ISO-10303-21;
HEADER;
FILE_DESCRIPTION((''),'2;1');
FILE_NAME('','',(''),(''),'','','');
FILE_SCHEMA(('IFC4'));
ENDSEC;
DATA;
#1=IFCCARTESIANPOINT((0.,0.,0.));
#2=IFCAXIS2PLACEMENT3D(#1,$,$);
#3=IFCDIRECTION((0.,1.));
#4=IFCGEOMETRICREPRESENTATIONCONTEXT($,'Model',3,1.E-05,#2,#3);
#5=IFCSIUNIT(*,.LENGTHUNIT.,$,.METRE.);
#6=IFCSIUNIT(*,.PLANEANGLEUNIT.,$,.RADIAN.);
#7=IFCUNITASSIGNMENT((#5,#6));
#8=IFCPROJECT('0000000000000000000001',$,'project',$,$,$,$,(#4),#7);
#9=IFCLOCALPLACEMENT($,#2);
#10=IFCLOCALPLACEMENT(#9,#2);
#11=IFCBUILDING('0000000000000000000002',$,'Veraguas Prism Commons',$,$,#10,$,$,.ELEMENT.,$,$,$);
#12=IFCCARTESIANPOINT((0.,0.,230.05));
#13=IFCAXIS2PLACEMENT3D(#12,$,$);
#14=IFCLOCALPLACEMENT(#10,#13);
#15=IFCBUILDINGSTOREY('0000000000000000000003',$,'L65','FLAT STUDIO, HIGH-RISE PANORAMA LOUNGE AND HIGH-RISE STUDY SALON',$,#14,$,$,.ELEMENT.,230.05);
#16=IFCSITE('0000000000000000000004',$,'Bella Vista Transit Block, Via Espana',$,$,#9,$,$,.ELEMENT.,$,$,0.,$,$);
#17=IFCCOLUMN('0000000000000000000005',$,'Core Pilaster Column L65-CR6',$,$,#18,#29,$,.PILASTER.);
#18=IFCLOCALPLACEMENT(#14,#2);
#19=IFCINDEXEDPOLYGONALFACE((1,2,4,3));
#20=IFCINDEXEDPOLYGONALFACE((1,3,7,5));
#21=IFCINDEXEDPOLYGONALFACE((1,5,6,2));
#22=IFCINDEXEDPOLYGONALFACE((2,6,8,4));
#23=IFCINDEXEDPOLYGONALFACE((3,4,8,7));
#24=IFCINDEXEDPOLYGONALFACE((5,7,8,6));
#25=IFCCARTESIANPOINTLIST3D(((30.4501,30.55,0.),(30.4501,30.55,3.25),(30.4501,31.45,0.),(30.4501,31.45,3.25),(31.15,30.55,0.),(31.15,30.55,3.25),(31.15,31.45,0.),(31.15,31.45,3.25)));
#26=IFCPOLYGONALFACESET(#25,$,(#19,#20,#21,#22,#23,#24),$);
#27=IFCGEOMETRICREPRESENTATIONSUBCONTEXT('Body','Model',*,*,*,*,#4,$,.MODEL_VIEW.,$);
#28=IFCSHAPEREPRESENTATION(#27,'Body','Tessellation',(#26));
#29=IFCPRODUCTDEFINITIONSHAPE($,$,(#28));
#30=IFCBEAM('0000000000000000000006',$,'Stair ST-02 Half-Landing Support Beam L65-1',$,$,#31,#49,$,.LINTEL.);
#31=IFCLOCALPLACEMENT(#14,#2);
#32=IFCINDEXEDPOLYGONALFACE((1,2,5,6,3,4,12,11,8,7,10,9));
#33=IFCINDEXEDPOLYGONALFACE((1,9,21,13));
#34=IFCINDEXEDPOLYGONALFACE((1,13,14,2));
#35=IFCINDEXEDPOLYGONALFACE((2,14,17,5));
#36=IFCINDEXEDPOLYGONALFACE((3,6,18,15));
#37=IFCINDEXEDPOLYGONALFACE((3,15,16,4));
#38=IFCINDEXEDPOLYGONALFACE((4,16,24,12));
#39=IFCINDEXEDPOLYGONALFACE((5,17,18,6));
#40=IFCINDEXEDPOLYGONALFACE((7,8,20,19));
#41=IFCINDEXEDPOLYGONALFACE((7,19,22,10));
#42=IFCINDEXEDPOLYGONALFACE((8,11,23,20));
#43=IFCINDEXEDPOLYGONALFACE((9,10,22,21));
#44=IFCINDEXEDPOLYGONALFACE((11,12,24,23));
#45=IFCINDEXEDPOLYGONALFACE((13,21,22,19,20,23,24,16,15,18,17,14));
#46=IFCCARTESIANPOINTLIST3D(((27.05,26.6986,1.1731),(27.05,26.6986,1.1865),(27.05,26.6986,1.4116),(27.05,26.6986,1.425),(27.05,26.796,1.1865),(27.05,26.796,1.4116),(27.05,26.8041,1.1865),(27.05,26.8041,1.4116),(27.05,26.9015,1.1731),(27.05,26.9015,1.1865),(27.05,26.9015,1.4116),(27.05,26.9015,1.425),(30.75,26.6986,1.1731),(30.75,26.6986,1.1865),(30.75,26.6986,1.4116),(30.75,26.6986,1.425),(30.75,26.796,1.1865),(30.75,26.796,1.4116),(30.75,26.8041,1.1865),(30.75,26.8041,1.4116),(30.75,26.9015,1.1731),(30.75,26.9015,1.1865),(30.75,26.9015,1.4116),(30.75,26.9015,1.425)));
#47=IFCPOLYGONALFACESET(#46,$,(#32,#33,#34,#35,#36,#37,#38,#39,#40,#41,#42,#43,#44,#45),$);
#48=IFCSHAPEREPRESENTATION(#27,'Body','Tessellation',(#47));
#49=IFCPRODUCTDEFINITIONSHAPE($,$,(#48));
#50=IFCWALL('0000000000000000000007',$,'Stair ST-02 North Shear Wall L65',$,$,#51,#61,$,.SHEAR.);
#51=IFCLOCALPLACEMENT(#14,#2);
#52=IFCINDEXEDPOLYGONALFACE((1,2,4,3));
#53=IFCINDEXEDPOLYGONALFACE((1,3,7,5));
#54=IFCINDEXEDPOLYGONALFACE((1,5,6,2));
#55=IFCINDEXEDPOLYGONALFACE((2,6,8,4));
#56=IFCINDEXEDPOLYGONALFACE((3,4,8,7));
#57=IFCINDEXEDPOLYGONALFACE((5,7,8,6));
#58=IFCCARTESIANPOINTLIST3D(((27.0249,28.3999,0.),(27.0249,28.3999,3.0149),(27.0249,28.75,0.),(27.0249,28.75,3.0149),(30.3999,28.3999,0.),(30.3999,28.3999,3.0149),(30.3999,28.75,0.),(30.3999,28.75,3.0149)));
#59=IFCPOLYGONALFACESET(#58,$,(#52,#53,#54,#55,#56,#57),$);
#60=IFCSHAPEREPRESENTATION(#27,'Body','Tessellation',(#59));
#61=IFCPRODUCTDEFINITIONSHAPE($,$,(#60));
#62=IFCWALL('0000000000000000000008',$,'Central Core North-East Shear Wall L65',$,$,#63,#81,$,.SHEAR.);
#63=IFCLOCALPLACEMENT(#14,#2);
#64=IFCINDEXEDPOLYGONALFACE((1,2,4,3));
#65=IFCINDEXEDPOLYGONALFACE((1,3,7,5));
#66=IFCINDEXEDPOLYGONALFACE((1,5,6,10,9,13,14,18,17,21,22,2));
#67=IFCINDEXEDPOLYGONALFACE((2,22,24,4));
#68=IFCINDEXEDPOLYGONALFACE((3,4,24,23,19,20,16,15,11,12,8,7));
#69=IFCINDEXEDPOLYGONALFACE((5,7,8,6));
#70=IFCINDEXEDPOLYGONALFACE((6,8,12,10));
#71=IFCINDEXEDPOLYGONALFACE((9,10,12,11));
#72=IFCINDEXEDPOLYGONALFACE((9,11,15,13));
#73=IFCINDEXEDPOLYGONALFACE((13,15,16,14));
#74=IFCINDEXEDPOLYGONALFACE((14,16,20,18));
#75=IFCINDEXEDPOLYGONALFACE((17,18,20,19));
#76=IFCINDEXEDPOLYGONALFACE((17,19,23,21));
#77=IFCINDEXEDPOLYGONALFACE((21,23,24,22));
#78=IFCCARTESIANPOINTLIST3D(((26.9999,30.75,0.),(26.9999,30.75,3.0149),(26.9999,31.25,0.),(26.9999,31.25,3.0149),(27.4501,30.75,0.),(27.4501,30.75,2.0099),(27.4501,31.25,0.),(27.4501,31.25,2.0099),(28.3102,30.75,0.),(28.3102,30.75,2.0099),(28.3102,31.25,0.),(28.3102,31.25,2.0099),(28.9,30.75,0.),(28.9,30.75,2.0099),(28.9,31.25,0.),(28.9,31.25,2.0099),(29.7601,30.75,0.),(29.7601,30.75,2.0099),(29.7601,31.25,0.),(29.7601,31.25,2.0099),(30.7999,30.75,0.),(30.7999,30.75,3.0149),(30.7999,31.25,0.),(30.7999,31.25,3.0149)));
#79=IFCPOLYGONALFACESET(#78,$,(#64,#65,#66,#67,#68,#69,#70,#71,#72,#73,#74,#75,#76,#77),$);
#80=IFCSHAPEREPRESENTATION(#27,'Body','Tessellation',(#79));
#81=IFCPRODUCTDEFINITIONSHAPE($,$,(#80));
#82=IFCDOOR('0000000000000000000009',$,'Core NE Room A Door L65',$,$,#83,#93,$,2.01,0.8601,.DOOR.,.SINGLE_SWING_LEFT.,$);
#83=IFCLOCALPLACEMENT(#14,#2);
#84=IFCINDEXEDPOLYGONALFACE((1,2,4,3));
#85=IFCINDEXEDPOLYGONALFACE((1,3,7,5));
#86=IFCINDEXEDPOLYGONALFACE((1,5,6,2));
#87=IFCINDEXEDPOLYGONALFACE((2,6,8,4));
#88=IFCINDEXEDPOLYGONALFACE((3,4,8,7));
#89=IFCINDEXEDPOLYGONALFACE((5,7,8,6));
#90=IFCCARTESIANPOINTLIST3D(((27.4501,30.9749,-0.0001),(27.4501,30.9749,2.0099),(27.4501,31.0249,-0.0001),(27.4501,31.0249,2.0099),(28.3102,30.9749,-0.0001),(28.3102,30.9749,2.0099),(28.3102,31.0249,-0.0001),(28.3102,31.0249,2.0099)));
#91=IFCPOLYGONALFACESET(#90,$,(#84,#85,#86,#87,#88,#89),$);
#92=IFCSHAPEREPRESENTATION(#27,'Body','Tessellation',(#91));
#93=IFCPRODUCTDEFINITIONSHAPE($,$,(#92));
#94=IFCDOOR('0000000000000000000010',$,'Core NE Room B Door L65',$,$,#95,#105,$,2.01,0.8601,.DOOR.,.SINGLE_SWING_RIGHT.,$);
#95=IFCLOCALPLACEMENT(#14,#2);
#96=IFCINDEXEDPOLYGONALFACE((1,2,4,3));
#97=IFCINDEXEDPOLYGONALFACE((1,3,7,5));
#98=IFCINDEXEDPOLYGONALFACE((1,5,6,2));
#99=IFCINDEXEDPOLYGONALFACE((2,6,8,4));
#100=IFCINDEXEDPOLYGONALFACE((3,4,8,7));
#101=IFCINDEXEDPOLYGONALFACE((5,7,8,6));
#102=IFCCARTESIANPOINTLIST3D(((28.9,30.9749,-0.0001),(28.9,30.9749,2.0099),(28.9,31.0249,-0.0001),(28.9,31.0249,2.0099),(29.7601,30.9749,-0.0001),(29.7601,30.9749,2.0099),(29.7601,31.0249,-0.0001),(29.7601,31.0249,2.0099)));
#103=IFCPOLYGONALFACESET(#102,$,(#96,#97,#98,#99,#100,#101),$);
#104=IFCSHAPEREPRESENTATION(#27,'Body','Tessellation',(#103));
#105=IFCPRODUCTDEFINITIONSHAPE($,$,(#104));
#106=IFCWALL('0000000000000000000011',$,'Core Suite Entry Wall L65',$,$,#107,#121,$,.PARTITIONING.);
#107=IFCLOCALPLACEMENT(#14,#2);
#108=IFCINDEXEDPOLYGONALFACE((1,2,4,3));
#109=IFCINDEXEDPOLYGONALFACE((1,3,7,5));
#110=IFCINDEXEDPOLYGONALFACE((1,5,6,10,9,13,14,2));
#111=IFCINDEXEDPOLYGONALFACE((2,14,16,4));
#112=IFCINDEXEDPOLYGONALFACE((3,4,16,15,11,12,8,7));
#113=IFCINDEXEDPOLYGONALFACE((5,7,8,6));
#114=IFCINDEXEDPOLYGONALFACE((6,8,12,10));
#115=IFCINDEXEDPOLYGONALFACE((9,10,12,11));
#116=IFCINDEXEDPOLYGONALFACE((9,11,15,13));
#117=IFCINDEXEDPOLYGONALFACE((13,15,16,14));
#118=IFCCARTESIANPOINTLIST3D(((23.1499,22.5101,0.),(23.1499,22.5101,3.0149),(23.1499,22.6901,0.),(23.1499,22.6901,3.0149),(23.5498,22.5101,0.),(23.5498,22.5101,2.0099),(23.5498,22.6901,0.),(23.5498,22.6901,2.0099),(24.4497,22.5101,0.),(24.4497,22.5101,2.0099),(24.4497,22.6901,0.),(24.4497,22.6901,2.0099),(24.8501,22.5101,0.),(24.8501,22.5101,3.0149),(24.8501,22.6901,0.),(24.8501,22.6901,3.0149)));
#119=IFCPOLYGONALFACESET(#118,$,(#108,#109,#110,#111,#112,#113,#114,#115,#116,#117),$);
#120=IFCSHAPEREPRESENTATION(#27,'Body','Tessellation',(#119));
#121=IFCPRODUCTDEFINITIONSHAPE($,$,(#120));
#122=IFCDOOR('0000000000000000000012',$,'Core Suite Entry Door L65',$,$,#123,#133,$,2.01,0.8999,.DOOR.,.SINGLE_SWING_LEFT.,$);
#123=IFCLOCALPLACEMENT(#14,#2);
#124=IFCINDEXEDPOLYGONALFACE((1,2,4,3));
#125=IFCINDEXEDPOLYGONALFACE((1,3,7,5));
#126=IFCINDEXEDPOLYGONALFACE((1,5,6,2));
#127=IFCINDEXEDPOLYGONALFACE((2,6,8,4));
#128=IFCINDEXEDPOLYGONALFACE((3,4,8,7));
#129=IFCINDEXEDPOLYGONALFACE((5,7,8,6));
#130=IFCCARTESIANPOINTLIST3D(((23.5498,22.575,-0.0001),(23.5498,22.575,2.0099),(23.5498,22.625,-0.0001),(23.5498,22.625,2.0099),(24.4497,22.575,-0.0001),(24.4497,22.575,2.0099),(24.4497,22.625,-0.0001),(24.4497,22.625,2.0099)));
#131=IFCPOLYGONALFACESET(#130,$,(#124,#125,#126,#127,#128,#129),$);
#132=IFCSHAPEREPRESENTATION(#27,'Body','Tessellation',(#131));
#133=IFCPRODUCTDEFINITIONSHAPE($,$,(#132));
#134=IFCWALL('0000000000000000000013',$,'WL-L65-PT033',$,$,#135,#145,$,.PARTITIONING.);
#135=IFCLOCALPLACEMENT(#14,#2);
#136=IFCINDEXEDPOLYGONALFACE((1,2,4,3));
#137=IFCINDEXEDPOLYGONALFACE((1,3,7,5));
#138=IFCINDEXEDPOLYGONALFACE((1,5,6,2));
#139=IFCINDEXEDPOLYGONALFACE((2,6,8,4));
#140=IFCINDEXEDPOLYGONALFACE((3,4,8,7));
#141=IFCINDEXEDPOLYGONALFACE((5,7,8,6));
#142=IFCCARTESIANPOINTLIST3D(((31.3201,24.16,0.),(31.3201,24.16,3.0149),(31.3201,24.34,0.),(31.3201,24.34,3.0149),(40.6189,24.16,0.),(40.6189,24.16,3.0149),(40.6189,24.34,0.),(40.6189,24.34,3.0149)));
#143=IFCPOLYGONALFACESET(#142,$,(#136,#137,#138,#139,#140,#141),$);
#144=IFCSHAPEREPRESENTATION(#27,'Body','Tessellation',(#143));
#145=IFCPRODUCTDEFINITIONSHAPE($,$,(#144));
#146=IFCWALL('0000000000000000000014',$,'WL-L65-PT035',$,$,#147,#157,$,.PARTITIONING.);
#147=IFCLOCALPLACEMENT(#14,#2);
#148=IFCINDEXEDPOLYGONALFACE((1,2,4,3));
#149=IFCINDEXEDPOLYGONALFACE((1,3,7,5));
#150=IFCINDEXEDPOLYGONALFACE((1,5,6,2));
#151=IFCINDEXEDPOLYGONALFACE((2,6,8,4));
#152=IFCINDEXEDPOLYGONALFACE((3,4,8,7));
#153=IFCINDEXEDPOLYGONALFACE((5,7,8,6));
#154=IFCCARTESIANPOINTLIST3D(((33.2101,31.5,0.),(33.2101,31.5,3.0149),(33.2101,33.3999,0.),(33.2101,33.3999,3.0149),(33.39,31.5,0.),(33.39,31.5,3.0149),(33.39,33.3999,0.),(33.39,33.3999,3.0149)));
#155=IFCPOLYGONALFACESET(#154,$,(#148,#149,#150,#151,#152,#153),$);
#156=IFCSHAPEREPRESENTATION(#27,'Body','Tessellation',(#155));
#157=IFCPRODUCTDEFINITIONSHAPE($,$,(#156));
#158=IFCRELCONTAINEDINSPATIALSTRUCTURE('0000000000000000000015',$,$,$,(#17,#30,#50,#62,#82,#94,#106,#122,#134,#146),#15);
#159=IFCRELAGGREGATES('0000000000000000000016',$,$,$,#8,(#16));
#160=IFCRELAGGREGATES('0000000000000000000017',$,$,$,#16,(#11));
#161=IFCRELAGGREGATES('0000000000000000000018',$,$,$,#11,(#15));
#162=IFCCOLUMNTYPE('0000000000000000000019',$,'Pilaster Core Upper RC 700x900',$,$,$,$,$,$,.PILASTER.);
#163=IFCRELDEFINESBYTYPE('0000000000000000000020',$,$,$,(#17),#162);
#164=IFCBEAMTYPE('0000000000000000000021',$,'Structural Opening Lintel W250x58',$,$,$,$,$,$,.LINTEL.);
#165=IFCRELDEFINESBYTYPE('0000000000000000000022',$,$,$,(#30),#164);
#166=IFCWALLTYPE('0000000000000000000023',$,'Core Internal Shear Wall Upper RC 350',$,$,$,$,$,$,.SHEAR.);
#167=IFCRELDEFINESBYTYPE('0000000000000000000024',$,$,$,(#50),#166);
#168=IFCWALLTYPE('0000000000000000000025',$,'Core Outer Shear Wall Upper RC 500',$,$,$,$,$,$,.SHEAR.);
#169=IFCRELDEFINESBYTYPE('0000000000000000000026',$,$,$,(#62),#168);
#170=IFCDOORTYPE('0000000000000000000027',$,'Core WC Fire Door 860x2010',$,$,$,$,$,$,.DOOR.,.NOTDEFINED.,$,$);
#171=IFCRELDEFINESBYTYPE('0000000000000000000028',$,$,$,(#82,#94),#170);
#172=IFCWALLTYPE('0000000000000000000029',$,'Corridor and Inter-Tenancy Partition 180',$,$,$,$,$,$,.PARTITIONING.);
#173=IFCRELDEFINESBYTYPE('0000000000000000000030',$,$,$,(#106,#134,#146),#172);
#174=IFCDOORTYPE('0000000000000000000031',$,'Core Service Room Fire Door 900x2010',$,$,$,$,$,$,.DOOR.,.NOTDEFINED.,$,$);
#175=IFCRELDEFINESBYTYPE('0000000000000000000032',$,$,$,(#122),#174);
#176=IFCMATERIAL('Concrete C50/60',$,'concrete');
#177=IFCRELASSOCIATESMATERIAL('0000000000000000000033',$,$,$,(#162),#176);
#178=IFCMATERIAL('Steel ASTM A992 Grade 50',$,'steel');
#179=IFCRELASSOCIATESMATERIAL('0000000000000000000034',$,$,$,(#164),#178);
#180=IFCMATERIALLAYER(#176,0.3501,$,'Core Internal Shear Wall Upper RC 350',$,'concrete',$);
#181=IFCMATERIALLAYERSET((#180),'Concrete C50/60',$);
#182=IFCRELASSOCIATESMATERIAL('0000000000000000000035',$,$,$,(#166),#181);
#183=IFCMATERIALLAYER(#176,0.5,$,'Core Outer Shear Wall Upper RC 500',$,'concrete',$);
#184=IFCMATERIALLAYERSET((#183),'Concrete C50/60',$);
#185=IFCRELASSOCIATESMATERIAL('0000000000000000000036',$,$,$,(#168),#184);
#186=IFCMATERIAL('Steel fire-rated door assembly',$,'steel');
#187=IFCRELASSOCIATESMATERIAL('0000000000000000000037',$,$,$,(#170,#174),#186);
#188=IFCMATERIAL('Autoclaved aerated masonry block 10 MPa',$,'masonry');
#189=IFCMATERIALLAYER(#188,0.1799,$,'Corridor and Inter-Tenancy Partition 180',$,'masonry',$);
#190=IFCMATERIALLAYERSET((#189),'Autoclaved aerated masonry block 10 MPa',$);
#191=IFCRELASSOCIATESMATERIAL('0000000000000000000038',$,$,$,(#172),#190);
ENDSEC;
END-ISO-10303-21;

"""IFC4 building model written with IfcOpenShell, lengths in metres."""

from ifc_helpers import new_model, si_unit, direction, frame, frame_2d, origin, origin_2d, place, context, subcontext, project, spatial, rectangle, i_section, extrude, source, transform, mapped, material, layer, layer_set, material_profile, profile_set, type_object, element, fill, save


model = new_model("IFC4")

# Units and contexts
model_context = context("Model", 3, precision=1e-05, world=origin(), true_north=direction((0.0, 1.0)))
body_context = subcontext(model_context, "Body", "Model", "MODEL_VIEW")
ifc_project = project(units=[si_unit("LENGTHUNIT", "METRE"), si_unit("PLANEANGLEUNIT", "RADIAN")], contexts=[model_context])

# Site, building, storey
site_placement = place(None, origin())
site = spatial("IfcSite", under=ifc_project, at=site_placement, Name="Bella Vista Transit Block, Via Espana", CompositionType="ELEMENT", RefElevation=0.0)
building_placement = place(site_placement, origin())
building = spatial("IfcBuilding", under=site, at=building_placement, Name="Veraguas Prism Commons", CompositionType="ELEMENT")
storey_placement = place(building_placement, frame((0.0, 0.0, 230.05)))
storey = spatial("IfcBuildingStorey", under=building, at=storey_placement, Name="L65", Description="FLAT STUDIO, HIGH-RISE PANORAMA LOUNGE AND HIGH-RISE STUDY SALON", CompositionType="ELEMENT", Elevation=230.05)

# Column
ifc_material_1 = material(Name="Concrete C50/60", Category="concrete")
ifc_material_profile_1 = material_profile(ifc_material_1, rectangle(XDim=0.7, YDim=0.8999, at=origin_2d()), Name="RC700X900")
ifc_profile_set_1 = profile_set([ifc_material_profile_1], Name="Concrete C50/60")
column_type = type_object("IfcColumnType", Name="Pilaster Core Upper RC 700x900", PredefinedType="PILASTER", material=ifc_profile_set_1)
column_placement = place(storey_placement, frame((30.8, 31.0, 0.0), z_axis=(0.0, 0.0, 1.0), x_axis=(1.0, 0.0, 0.0)))
element("IfcColumn", 1, at=column_placement, inside=storey, type_object=column_type, Name="Core Pilaster Column L65-CR6", PredefinedType="PILASTER", context=body_context, shape_type="SweptSolid", body=[
    extrude(rectangle(XDim=0.7, YDim=0.8999, at=origin_2d()), origin(), (0.0, 0.0, 1.0), 3.25),
])

# Beam
ifc_material_2 = material(Name="Steel ASTM A992 Grade 50", Category="steel")
ifc_material_profile_2 = material_profile(ifc_material_2, i_section(OverallWidth=0.2029, OverallDepth=0.252, WebThickness=0.0081, FlangeThickness=0.0134, at=origin_2d()), Name="W250X58")
ifc_profile_set_2 = profile_set([ifc_material_profile_2], Name="Steel ASTM A992 Grade 50")
beam_type = type_object("IfcBeamType", Name="Structural Opening Lintel W250x58", PredefinedType="LINTEL", material=ifc_profile_set_2)
beam_placement = place(storey_placement, frame((27.05, 26.8, 1.2991), z_axis=(1.0, 0.0, 0.0), x_axis=(0.0, 1.0, 0.0)))
element("IfcBeam", 2, at=beam_placement, inside=storey, type_object=beam_type, Name="Stair ST-02 Half-Landing Support Beam L65-1", PredefinedType="LINTEL", context=body_context, shape_type="SweptSolid", body=[
    extrude(i_section(OverallWidth=0.2029, OverallDepth=0.252, WebThickness=0.0081, FlangeThickness=0.0134, at=origin_2d()), origin(), (0.0, 0.0, 1.0), 3.7),
])

# Wall
ifc_layer_1 = layer(ifc_material_1, 0.3501, Name="Core Internal Shear Wall Upper RC 350", Category="concrete")
ifc_layer_set_1 = layer_set([ifc_layer_1], Name="Concrete C50/60")
wall_type_1 = type_object("IfcWallType", Name="Core Internal Shear Wall Upper RC 350", PredefinedType="SHEAR", material=ifc_layer_set_1)
wall_1_placement = place(storey_placement, frame((27.0249, 28.575, 0.0), z_axis=(0.0, 0.0, 1.0), x_axis=(1.0, 0.0, 0.0)))
element("IfcWall", 3, at=wall_1_placement, inside=storey, type_object=wall_type_1, Name="Stair ST-02 North Shear Wall L65", PredefinedType="SHEAR", context=body_context, shape_type="SweptSolid", body=[
    extrude(rectangle(XDim=3.375, YDim=0.3501, at=frame_2d((1.6875, 0.0))), origin(), (0.0, 0.0, 1.0), 3.0149),
])

# Wall, openings, doors
ifc_layer_2 = layer(ifc_material_1, 0.5, Name="Core Outer Shear Wall Upper RC 500", Category="concrete")
ifc_layer_set_2 = layer_set([ifc_layer_2], Name="Concrete C50/60")
wall_type_2 = type_object("IfcWallType", Name="Core Outer Shear Wall Upper RC 500", PredefinedType="SHEAR", material=ifc_layer_set_2)
wall_2_placement = place(storey_placement, frame((27.0, 31.0, 0.0), z_axis=(0.0, 0.0, 1.0), x_axis=(1.0, 0.0, 0.0)))
wall_2 = element("IfcWall", 4, at=wall_2_placement, inside=storey, type_object=wall_type_2, Name="Central Core North-East Shear Wall L65", PredefinedType="SHEAR", context=body_context, shape_type="SweptSolid", body=[
    extrude(rectangle(XDim=3.8, YDim=0.5, at=frame_2d((1.8999, 0.0))), origin(), (0.0, 0.0, 1.0), 3.0149),
])
opening_1_placement = place(wall_2_placement, frame((0.45, 0.0, 0.0)))
opening_1 = element("IfcOpeningElement", 5, at=opening_1_placement, cuts=wall_2, PredefinedType="OPENING", context=body_context, shape_type="SweptSolid", body=[
    extrude(rectangle(XDim=0.8601, YDim=2.01, at=frame_2d((0.4302, 1.0049))), frame((0.0, 0.26, 0.0), z_axis=(0.0, -1.0, 0.0), x_axis=(1.0, 0.0, 0.0)), (0.0, 0.0, 1.0), 0.52),
])
opening_2_placement = place(wall_2_placement, frame((1.8999, 0.0, 0.0)))
opening_2 = element("IfcOpeningElement", 6, at=opening_2_placement, cuts=wall_2, PredefinedType="OPENING", context=body_context, shape_type="SweptSolid", body=[
    extrude(rectangle(XDim=0.8601, YDim=2.01, at=frame_2d((0.4302, 1.0049))), frame((0.0, 0.26, 0.0), z_axis=(0.0, -1.0, 0.0), x_axis=(1.0, 0.0, 0.0)), (0.0, 0.0, 1.0), 0.52),
])
ifc_material_3 = material(Name="Steel fire-rated door assembly", Category="steel")
door_type_1 = type_object("IfcDoorType", Name="Core WC Fire Door 860x2010", OperationType="NOTDEFINED", PredefinedType="DOOR", material=ifc_material_3)
shared_shape_1 = source(origin(), body_context, "Body", "SweptSolid", [
    extrude(rectangle(XDim=0.8601, YDim=2.01, at=frame_2d((0.4302, 1.0049))), frame((0.0, 0.0249, 0.0), z_axis=(0.0, -1.0, 0.0), x_axis=(1.0, 0.0, 0.0)), (0.0, 0.0, 1.0), 0.05),
])
door_1_placement = place(opening_1_placement, origin())
door_1 = element("IfcDoor", 7, at=door_1_placement, inside=storey, type_object=door_type_1, Name="Core NE Room A Door L65", OperationType="SINGLE_SWING_LEFT", OverallHeight=2.01, OverallWidth=0.8601, PredefinedType="DOOR", context=body_context, shape_type="MappedRepresentation", body=[
    mapped(shared_shape_1, transform((0.0, 0.0, 0.0), scale=1.0)),
])
fill(opening_1, door_1)
door_2_placement = place(opening_2_placement, origin())
door_2 = element("IfcDoor", 8, at=door_2_placement, inside=storey, type_object=door_type_1, Name="Core NE Room B Door L65", OperationType="SINGLE_SWING_RIGHT", OverallHeight=2.01, OverallWidth=0.8601, PredefinedType="DOOR", context=body_context, shape_type="MappedRepresentation", body=[
    mapped(shared_shape_1, transform((0.0, 0.0, 0.0), scale=1.0)),
])
fill(opening_2, door_2)

# Wall, opening, door
ifc_material_4 = material(Name="Autoclaved aerated masonry block 10 MPa", Category="masonry")
ifc_layer_3 = layer(ifc_material_4, 0.1799, Name="Corridor and Inter-Tenancy Partition 180", Category="masonry")
ifc_layer_set_3 = layer_set([ifc_layer_3], Name="Autoclaved aerated masonry block 10 MPa")
wall_type_3 = type_object("IfcWallType", Name="Corridor and Inter-Tenancy Partition 180", PredefinedType="PARTITIONING", material=ifc_layer_set_3)
wall_3_placement = place(storey_placement, frame((23.1499, 22.6001, 0.0), z_axis=(0.0, 0.0, 1.0), x_axis=(1.0, 0.0, 0.0)))
wall_3 = element("IfcWall", 9, at=wall_3_placement, inside=storey, type_object=wall_type_3, Name="Core Suite Entry Wall L65", PredefinedType="PARTITIONING", context=body_context, shape_type="SweptSolid", body=[
    extrude(rectangle(XDim=1.7002, YDim=0.1799, at=frame_2d((0.8501, 0.0))), origin(), (0.0, 0.0, 1.0), 3.0149),
])
opening_3_placement = place(wall_3_placement, frame((0.3999, 0.0, 0.0)))
opening_3 = element("IfcOpeningElement", 10, at=opening_3_placement, cuts=wall_3, PredefinedType="OPENING", context=body_context, shape_type="SweptSolid", body=[
    extrude(rectangle(XDim=0.8999, YDim=2.01, at=frame_2d((0.45, 1.0049))), frame((0.0, 0.0999, 0.0), z_axis=(0.0, -1.0, 0.0), x_axis=(1.0, 0.0, 0.0)), (0.0, 0.0, 1.0), 0.2),
])
door_type_2 = type_object("IfcDoorType", Name="Core Service Room Fire Door 900x2010", OperationType="NOTDEFINED", PredefinedType="DOOR", material=ifc_material_3)
shared_shape_2 = source(origin(), body_context, "Body", "SweptSolid", [
    extrude(rectangle(XDim=0.8999, YDim=2.01, at=frame_2d((0.45, 1.0049))), frame((0.0, 0.0249, 0.0), z_axis=(0.0, -1.0, 0.0), x_axis=(1.0, 0.0, 0.0)), (0.0, 0.0, 1.0), 0.05),
])
door_3_placement = place(opening_3_placement, origin())
door_3 = element("IfcDoor", 11, at=door_3_placement, inside=storey, type_object=door_type_2, Name="Core Suite Entry Door L65", OperationType="SINGLE_SWING_LEFT", OverallHeight=2.01, OverallWidth=0.8999, PredefinedType="DOOR", context=body_context, shape_type="MappedRepresentation", body=[
    mapped(shared_shape_2, transform((0.0, 0.0, 0.0), scale=1.0)),
])
fill(opening_3, door_3)

# Walls
wall_4_placement = place(storey_placement, frame((31.3201, 24.25, 0.0), z_axis=(0.0, 0.0, 1.0), x_axis=(1.0, 0.0, 0.0)))
element("IfcWall", 12, at=wall_4_placement, inside=storey, type_object=wall_type_3, Name="WL-L65-PT033", PredefinedType="PARTITIONING", context=body_context, shape_type="SweptSolid", body=[
    extrude(rectangle(XDim=9.2988, YDim=0.1799, at=frame_2d((4.6494, 0.0))), origin(), (0.0, 0.0, 1.0), 3.0149),
])
wall_5_placement = place(storey_placement, frame((33.3, 31.5, 0.0), z_axis=(0.0, 0.0, 1.0), x_axis=(0.0, 1.0, 0.0)))
element("IfcWall", 13, at=wall_5_placement, inside=storey, type_object=wall_type_3, Name="WL-L65-PT035", PredefinedType="PARTITIONING", context=body_context, shape_type="SweptSolid", body=[
    extrude(rectangle(XDim=1.8999, YDim=0.1799, at=frame_2d((0.95, 0.0))), origin(), (0.0, 0.0, 1.0), 3.0149),
])

save(model, "model.ifc")
